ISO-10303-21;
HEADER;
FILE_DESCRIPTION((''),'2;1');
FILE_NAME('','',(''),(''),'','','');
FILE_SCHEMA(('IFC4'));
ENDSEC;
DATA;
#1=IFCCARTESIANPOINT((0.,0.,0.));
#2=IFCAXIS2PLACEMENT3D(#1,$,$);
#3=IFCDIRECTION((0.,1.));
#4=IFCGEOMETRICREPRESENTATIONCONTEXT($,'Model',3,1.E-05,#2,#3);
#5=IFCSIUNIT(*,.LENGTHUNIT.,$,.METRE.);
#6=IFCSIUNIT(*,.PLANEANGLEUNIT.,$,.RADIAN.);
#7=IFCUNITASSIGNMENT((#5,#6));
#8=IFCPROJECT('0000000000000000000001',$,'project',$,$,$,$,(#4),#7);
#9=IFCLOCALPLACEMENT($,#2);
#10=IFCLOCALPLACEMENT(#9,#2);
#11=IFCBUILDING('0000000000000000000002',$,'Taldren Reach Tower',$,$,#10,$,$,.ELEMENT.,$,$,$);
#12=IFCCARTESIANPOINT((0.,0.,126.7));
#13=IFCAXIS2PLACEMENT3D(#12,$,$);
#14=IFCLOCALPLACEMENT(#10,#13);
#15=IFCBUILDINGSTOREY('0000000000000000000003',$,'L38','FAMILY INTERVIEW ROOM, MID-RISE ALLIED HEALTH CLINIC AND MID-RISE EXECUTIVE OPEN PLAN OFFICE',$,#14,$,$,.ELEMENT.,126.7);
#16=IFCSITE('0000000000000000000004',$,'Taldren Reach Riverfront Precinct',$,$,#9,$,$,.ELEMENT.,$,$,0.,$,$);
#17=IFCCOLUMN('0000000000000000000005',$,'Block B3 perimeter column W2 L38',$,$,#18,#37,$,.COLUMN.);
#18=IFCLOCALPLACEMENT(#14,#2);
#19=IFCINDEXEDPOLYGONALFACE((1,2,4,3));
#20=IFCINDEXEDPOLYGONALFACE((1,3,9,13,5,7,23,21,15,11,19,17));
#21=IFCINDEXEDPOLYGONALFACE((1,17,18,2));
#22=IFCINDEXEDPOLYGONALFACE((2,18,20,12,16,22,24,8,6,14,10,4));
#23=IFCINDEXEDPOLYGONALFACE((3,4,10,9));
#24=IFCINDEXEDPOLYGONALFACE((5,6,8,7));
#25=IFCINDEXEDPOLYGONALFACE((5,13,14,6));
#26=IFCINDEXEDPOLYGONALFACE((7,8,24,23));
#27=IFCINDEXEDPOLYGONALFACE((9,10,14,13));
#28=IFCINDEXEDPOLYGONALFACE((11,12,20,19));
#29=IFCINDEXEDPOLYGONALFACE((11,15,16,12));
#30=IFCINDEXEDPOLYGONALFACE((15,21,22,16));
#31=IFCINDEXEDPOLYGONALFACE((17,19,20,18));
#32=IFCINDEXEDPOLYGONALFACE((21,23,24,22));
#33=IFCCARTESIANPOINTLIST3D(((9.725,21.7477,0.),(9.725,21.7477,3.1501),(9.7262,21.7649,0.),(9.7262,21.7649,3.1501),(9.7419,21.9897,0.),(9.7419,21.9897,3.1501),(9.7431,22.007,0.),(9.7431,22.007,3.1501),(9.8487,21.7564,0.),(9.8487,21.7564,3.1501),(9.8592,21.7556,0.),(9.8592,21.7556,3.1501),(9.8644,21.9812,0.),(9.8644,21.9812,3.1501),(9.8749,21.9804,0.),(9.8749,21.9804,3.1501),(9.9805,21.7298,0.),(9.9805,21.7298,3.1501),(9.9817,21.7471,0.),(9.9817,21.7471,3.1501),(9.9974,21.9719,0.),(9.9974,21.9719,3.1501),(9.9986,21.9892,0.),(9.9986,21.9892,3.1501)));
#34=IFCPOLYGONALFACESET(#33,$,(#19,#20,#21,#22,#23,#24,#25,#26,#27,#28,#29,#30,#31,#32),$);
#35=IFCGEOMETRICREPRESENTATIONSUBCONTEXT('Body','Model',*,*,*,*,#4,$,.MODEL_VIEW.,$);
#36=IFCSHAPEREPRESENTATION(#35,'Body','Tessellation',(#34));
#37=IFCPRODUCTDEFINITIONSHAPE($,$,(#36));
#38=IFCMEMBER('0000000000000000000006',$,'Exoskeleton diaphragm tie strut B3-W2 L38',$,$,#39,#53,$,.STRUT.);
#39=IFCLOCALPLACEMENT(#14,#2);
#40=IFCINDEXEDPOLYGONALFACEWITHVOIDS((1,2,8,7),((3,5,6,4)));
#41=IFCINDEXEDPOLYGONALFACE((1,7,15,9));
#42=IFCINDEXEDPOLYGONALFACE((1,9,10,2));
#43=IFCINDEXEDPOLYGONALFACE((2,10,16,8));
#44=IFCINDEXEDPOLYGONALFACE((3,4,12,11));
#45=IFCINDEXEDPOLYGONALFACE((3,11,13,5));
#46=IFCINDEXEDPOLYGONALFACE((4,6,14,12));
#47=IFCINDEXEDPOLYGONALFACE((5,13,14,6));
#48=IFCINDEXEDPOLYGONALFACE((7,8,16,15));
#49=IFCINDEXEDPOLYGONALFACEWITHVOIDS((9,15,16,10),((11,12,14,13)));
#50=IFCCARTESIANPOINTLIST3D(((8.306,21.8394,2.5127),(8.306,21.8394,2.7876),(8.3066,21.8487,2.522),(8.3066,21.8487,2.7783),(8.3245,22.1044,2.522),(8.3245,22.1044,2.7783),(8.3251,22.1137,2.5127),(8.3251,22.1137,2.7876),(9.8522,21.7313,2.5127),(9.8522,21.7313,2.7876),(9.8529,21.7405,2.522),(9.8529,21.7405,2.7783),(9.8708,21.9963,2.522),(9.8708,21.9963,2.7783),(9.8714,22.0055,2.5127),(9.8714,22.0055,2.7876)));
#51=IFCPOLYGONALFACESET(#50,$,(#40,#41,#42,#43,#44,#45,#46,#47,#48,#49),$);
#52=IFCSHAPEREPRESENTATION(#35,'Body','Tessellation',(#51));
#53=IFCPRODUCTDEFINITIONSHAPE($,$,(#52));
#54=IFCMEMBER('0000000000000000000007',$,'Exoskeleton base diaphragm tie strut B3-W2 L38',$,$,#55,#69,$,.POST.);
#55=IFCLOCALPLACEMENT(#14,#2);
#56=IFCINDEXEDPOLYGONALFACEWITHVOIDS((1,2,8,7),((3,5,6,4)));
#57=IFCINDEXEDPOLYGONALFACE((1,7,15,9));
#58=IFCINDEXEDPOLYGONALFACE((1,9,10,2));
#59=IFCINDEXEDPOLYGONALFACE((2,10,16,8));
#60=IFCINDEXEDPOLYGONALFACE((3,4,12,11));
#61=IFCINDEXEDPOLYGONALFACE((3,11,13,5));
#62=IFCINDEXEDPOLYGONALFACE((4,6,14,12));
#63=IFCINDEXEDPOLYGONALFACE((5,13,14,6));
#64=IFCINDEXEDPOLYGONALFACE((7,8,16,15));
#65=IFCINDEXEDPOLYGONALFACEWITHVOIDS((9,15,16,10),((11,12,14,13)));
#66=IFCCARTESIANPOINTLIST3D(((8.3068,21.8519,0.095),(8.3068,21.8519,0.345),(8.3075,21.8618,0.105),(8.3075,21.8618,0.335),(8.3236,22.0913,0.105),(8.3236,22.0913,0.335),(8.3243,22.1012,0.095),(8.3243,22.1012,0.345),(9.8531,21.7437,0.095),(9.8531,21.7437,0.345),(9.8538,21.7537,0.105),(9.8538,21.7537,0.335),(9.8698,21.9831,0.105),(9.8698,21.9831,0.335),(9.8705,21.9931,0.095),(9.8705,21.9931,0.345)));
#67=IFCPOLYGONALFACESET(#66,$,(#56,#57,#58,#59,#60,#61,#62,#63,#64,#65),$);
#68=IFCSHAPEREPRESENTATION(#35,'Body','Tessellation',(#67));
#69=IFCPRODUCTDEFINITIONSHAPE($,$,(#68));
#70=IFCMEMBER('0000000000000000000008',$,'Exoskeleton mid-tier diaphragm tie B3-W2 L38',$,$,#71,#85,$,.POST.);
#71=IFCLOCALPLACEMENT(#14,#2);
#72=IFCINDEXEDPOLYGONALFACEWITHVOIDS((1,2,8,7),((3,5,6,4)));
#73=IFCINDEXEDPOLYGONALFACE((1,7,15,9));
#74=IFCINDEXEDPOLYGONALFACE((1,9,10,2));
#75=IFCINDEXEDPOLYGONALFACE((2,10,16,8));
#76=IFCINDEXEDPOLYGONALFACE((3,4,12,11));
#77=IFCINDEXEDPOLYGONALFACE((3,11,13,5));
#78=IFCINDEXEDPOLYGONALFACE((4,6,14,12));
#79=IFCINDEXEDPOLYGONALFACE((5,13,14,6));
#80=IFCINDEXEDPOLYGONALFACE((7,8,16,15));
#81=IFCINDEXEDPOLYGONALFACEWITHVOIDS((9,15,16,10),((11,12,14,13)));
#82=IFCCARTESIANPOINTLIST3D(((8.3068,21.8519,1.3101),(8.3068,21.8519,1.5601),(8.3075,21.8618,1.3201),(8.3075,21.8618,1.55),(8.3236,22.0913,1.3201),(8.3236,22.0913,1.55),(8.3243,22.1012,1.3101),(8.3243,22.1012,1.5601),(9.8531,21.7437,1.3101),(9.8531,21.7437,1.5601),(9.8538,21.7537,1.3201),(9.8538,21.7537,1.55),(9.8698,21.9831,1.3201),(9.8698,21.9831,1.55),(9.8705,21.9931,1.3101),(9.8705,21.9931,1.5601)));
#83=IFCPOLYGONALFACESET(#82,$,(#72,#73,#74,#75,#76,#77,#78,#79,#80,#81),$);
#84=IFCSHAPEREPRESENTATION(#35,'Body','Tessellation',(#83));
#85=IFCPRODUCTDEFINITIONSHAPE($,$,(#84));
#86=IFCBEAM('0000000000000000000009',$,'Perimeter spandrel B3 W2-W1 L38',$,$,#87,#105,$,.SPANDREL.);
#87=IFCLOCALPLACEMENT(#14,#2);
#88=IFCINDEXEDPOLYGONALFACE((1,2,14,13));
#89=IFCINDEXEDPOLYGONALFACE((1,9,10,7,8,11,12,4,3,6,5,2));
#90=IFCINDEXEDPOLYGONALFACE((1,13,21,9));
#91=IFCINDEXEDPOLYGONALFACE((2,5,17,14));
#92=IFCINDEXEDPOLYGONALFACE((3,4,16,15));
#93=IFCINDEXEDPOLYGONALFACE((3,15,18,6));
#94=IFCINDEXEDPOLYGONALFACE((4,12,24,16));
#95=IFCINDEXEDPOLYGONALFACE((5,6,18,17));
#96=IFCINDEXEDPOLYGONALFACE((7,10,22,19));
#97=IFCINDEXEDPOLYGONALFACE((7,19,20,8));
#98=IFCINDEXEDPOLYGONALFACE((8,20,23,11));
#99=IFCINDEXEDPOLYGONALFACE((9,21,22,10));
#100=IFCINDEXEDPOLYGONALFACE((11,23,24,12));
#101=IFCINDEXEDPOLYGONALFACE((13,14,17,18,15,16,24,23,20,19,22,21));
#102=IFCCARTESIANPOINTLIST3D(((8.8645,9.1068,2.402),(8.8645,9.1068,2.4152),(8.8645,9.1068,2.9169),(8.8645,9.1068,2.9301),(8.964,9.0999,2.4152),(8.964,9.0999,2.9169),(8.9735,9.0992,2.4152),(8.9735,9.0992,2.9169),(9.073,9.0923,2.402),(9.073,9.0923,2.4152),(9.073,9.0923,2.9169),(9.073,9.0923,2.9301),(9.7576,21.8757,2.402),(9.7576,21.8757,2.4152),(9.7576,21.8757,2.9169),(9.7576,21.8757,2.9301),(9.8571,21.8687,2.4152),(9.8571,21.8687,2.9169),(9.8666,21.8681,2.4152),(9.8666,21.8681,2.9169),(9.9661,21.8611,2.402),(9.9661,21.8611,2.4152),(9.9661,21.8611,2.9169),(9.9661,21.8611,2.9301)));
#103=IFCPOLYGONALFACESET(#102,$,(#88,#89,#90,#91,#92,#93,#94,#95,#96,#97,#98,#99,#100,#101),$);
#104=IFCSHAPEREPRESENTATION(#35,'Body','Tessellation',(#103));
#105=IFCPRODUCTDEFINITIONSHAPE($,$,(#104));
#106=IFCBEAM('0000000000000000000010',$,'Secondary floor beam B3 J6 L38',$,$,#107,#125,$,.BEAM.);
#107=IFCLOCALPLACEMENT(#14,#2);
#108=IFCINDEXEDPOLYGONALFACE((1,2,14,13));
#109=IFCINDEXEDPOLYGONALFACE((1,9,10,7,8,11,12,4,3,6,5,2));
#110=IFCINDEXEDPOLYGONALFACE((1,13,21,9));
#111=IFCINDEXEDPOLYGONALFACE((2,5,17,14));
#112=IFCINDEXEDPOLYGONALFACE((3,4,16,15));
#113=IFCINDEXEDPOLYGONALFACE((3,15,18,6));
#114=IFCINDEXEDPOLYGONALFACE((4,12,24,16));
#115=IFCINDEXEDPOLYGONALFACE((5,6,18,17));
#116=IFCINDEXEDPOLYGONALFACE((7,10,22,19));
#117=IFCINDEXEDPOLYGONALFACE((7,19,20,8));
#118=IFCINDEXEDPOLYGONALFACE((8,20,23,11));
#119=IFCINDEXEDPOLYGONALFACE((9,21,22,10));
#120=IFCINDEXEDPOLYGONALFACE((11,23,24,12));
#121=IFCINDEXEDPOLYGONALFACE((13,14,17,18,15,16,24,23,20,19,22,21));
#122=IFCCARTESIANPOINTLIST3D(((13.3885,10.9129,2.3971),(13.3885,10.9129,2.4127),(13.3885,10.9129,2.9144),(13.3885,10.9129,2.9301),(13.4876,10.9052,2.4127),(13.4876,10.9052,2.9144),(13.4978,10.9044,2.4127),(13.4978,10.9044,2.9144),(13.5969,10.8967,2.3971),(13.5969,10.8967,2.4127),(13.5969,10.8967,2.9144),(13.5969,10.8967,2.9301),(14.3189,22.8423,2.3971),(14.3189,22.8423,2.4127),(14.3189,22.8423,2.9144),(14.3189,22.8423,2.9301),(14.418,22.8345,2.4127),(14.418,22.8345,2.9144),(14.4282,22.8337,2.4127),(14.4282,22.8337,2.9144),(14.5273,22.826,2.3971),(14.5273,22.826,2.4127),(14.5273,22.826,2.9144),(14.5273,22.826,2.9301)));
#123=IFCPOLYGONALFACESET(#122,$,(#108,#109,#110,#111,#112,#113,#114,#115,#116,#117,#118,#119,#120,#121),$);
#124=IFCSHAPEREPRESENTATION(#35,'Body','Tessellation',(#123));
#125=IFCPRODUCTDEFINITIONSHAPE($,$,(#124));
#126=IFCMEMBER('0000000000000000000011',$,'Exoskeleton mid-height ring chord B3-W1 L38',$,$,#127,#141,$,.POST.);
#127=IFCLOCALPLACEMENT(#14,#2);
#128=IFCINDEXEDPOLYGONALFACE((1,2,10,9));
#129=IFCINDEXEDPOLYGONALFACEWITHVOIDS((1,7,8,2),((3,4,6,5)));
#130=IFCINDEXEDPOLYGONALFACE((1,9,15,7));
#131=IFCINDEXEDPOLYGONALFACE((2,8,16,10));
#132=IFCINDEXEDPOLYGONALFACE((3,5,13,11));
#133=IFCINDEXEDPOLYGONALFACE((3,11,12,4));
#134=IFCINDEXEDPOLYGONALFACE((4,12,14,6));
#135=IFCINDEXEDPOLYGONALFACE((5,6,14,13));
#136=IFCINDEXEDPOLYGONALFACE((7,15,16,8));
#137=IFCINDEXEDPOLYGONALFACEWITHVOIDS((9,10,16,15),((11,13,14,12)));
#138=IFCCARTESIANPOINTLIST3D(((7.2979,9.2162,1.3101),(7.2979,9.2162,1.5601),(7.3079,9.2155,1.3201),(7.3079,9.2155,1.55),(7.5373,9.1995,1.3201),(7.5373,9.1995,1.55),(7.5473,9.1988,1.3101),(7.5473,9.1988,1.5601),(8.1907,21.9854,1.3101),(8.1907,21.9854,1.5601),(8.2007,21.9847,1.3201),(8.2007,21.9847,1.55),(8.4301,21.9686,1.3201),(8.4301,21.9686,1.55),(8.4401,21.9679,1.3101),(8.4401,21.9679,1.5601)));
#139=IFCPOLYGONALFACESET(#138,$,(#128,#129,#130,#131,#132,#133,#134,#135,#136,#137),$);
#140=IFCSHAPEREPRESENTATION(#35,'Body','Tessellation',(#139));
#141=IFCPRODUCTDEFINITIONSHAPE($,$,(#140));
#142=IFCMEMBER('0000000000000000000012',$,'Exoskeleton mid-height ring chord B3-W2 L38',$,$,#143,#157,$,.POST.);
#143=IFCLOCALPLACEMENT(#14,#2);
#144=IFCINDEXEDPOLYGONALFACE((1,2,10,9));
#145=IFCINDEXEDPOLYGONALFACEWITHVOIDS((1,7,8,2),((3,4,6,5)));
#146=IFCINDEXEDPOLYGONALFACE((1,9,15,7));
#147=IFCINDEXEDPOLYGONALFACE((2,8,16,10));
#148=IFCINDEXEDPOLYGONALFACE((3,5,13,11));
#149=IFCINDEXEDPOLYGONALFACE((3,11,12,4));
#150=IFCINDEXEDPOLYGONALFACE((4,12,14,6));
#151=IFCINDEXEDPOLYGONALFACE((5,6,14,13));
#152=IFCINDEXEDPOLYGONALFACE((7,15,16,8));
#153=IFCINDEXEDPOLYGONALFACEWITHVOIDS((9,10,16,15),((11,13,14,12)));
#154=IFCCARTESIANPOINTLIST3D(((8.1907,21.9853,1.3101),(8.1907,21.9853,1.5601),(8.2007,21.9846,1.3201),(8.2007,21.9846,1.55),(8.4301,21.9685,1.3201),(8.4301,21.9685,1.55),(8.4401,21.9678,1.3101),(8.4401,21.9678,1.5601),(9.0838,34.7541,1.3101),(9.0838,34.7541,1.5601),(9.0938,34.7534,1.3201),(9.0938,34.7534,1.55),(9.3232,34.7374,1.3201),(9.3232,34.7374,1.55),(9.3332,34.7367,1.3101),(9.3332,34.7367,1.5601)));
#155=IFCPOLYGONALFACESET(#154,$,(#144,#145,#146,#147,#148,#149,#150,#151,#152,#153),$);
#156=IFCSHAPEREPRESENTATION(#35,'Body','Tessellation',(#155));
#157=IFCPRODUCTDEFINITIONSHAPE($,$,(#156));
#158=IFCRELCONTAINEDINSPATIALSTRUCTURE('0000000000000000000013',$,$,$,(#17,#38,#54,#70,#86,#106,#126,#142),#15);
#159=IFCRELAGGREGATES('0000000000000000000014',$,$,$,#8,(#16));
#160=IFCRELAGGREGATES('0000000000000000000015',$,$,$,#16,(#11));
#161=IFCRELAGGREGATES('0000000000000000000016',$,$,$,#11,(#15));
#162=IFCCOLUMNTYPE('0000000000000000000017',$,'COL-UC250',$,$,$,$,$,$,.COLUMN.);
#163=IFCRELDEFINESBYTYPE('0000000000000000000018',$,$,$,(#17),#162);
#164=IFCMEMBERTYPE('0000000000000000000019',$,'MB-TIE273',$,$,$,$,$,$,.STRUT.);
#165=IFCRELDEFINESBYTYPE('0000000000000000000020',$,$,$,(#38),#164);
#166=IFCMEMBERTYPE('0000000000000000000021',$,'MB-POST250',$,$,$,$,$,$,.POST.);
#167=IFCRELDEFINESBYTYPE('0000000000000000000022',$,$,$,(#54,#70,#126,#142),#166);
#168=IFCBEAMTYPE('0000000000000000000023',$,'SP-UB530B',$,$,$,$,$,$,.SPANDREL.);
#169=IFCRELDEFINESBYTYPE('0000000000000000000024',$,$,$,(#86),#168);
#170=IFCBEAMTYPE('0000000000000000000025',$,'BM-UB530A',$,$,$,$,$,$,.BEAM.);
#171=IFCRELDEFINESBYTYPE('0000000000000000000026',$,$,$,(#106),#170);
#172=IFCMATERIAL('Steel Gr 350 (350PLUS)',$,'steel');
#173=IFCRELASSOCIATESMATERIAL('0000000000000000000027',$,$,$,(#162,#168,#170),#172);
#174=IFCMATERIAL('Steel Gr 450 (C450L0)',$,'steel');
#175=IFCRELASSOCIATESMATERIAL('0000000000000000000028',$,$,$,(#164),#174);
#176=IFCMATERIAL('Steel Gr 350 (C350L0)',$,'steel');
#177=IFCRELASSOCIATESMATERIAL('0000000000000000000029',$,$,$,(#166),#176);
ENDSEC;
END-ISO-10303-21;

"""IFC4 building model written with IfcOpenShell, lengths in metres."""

from ifc_helpers import new_model, si_unit, direction, frame, origin, origin_2d, place, context, subcontext, project, spatial, hollow_rectangle, i_section, extrude, source, transform, mapped, material, material_profile, profile_set, type_object, element, save


model = new_model("IFC4")

# Units and contexts
model_context = context("Model", 3, precision=1e-05, world=origin(), true_north=direction((0.0, 1.0)))
body_context = subcontext(model_context, "Body", "Model", "MODEL_VIEW")
ifc_project = project(units=[si_unit("LENGTHUNIT", "METRE"), si_unit("PLANEANGLEUNIT", "RADIAN")], contexts=[model_context])

# Site, building, storey
site_placement = place(None, origin())
site = spatial("IfcSite", under=ifc_project, at=site_placement, Name="Taldren Reach Riverfront Precinct", CompositionType="ELEMENT", RefElevation=0.0)
building_placement = place(site_placement, origin())
building = spatial("IfcBuilding", under=site, at=building_placement, Name="Taldren Reach Tower", CompositionType="ELEMENT")
storey_placement = place(building_placement, frame((0.0, 0.0, 126.7)))
storey = spatial("IfcBuildingStorey", under=building, at=storey_placement, Name="L38", Description="FAMILY INTERVIEW ROOM, MID-RISE ALLIED HEALTH CLINIC AND MID-RISE EXECUTIVE OPEN PLAN OFFICE", CompositionType="ELEMENT", Elevation=126.7)

# Column
ifc_material_1 = material(Name="Steel Gr 350 (350PLUS)", Category="steel")
ifc_material_profile_1 = material_profile(ifc_material_1, i_section(OverallWidth=0.2561, OverallDepth=0.26, WebThickness=0.0105, FlangeThickness=0.0173, at=origin_2d()), Name="250UC89.5")
ifc_profile_set_1 = profile_set([ifc_material_profile_1], Name="Steel Gr 350 (350PLUS)")
column_type = type_object("IfcColumnType", Name="COL-UC250", PredefinedType="COLUMN", material=ifc_profile_set_1)
shared_shape_1 = source(origin(), body_context, "Body", "SweptSolid", [
    extrude(i_section(OverallWidth=0.2561, OverallDepth=0.26, WebThickness=0.0105, FlangeThickness=0.0173, at=origin_2d()), origin(), (0.0, 0.0, 1.0), 3.1501),
])
column_placement = place(storey_placement, frame((9.8618, 21.8684, 0.0), z_axis=(0.0, 0.0, 1.0), x_axis=(0.997564, -0.069756, 0.0)))
element("IfcColumn", 1, at=column_placement, inside=storey, type_object=column_type, Name="Block B3 perimeter column W2 L38", PredefinedType="COLUMN", context=body_context, shape_type="MappedRepresentation", body=[
    mapped(shared_shape_1, transform((0.0, 0.0, 0.0), scale=1.0)),
])

# Members
ifc_material_2 = material(Name="Steel Gr 450 (C450L0)", Category="steel")
ifc_material_profile_2 = material_profile(ifc_material_2, hollow_rectangle(XDim=0.2749, YDim=0.2749, WallThickness=0.0093, at=origin_2d()), Name="275x275x9.3SHS")
ifc_profile_set_2 = profile_set([ifc_material_profile_2], Name="Steel Gr 450 (C450L0)")
member_type_1 = type_object("IfcMemberType", Name="MB-TIE273", PredefinedType="STRUT", material=ifc_profile_set_2)
shared_shape_2 = source(origin(), body_context, "Body", "SweptSolid", [
    extrude(hollow_rectangle(XDim=0.2749, YDim=0.2749, WallThickness=0.0093, at=origin_2d()), origin(), (0.0, 0.0, 1.0), 1.55),
])
member_1_placement = place(storey_placement, frame((9.8618, 21.8684, 2.6501), z_axis=(-0.997563, 0.06977, 0.0), x_axis=(-0.06977, -0.997563, 0.0)))
element("IfcMember", 2, at=member_1_placement, inside=storey, type_object=member_type_1, Name="Exoskeleton diaphragm tie strut B3-W2 L38", PredefinedType="STRUT", context=body_context, shape_type="MappedRepresentation", body=[
    mapped(shared_shape_2, transform((0.0, 0.0, 0.0), scale=1.0)),
])
ifc_material_3 = material(Name="Steel Gr 350 (C350L0)", Category="steel")
ifc_material_profile_3 = material_profile(ifc_material_3, hollow_rectangle(XDim=0.25, YDim=0.25, WallThickness=0.01, at=origin_2d()), Name="250x250x10.0SHS")
ifc_profile_set_3 = profile_set([ifc_material_profile_3], Name="Steel Gr 350 (C350L0)")
member_type_2 = type_object("IfcMemberType", Name="MB-POST250", PredefinedType="POST", material=ifc_profile_set_3)
shared_shape_3 = source(origin(), body_context, "Body", "SweptSolid", [
    extrude(hollow_rectangle(XDim=0.25, YDim=0.25, WallThickness=0.01, at=origin_2d()), origin(), (0.0, 0.0, 1.0), 1.55),
])
for number, where, z_axis, x_axis, name in (
    (3, (9.8618, 21.8684, 0.22), (-0.997563, 0.06977, 0.0), (-0.06977, -0.997563, 0.0), "Exoskeleton base diaphragm tie strut B3-W2 L38"),
    (4, (9.8618, 21.8684, 1.4351), (-0.997563, 0.06977, 0.0), (-0.06977, -0.997563, 0.0), "Exoskeleton mid-tier diaphragm tie B3-W2 L38"),
):
    element("IfcMember", number, at=place(storey_placement, frame(where, z_axis=z_axis, x_axis=x_axis)), inside=storey, type_object=member_type_2, Name=name, PredefinedType="POST", context=body_context, shape_type="MappedRepresentation", body=[
        mapped(shared_shape_3, transform((0.0, 0.0, 0.0), scale=1.0)),
    ])

# Beams
ifc_material_profile_4 = material_profile(ifc_material_1, i_section(OverallWidth=0.209, OverallDepth=0.5281, WebThickness=0.0095, FlangeThickness=0.0132, at=origin_2d()), Name="530UB82.0")
ifc_profile_set_4 = profile_set([ifc_material_profile_4], Name="Steel Gr 350 (350PLUS)")
beam_type_1 = type_object("IfcBeamType", Name="SP-UB530B", PredefinedType="SPANDREL", material=ifc_profile_set_4)
shared_shape_4 = source(origin(), body_context, "Body", "SweptSolid", [
    extrude(i_section(OverallWidth=0.209, OverallDepth=0.5281, WebThickness=0.0095, FlangeThickness=0.0132, at=origin_2d()), origin(), (0.0, 0.0, 1.0), 12.8),
])
beam_1_placement = place(storey_placement, frame((9.8618, 21.8684, 2.666), z_axis=(-0.069771, -0.997563, 0.0), x_axis=(0.997563, -0.069771, 0.0)))
element("IfcBeam", 5, at=beam_1_placement, inside=storey, type_object=beam_type_1, Name="Perimeter spandrel B3 W2-W1 L38", PredefinedType="SPANDREL", context=body_context, shape_type="MappedRepresentation", body=[
    mapped(shared_shape_4, transform((0.0, 0.0, 0.0), scale=1.0)),
])
ifc_material_profile_5 = material_profile(ifc_material_1, i_section(OverallWidth=0.209, OverallDepth=0.533, WebThickness=0.0103, FlangeThickness=0.0156, at=origin_2d()), Name="530UB92.4")
ifc_profile_set_5 = profile_set([ifc_material_profile_5], Name="Steel Gr 350 (350PLUS)")
beam_type_2 = type_object("IfcBeamType", Name="BM-UB530A", PredefinedType="BEAM", material=ifc_profile_set_5)
shared_shape_5 = source(origin(), body_context, "Body", "SweptSolid", [
    extrude(i_section(OverallWidth=0.209, OverallDepth=0.533, WebThickness=0.0103, FlangeThickness=0.0156, at=origin_2d()), origin(), (0.0, 0.0, 1.0), 11.9656),
])
beam_2_placement = place(storey_placement, frame((13.4927, 10.9048, 2.6636), z_axis=(0.077757, 0.996972, 0.0), x_axis=(-0.996972, 0.077757, 0.0)))
element("IfcBeam", 6, at=beam_2_placement, inside=storey, type_object=beam_type_2, Name="Secondary floor beam B3 J6 L38", PredefinedType="BEAM", context=body_context, shape_type="MappedRepresentation", body=[
    mapped(shared_shape_5, transform((0.0, 0.0, 0.0), scale=1.0)),
])

# Members
shared_shape_6 = source(origin(), body_context, "Body", "SweptSolid", [
    extrude(hollow_rectangle(XDim=0.25, YDim=0.25, WallThickness=0.01, at=origin_2d()), origin(), (0.0, 0.0, 1.0), 12.8003),
])
member_2_placement = place(storey_placement, frame((7.4226, 9.2075, 1.4351), z_axis=(0.069751, 0.997564, 0.0), x_axis=(-0.997564, 0.069751, 0.0)))
element("IfcMember", 7, at=member_2_placement, inside=storey, type_object=member_type_2, Name="Exoskeleton mid-height ring chord B3-W1 L38", PredefinedType="POST", context=body_context, shape_type="MappedRepresentation", body=[
    mapped(shared_shape_6, transform((0.0, 0.0, 0.0), scale=1.0)),
])
shared_shape_7 = source(origin(), body_context, "Body", "SweptSolid", [
    extrude(hollow_rectangle(XDim=0.25, YDim=0.25, WallThickness=0.01, at=origin_2d()), origin(), (0.0, 0.0, 1.0), 12.8),
])
member_3_placement = place(storey_placement, frame((8.3154, 21.9766, 1.4351), z_axis=(0.069771, 0.997563, 0.0), x_axis=(-0.997563, 0.069771, 0.0)))
element("IfcMember", 8, at=member_3_placement, inside=storey, type_object=member_type_2, Name="Exoskeleton mid-height ring chord B3-W2 L38", PredefinedType="POST", context=body_context, shape_type="MappedRepresentation", body=[
    mapped(shared_shape_7, transform((0.0, 0.0, 0.0), scale=1.0)),
])

save(model, "model.ifc")
